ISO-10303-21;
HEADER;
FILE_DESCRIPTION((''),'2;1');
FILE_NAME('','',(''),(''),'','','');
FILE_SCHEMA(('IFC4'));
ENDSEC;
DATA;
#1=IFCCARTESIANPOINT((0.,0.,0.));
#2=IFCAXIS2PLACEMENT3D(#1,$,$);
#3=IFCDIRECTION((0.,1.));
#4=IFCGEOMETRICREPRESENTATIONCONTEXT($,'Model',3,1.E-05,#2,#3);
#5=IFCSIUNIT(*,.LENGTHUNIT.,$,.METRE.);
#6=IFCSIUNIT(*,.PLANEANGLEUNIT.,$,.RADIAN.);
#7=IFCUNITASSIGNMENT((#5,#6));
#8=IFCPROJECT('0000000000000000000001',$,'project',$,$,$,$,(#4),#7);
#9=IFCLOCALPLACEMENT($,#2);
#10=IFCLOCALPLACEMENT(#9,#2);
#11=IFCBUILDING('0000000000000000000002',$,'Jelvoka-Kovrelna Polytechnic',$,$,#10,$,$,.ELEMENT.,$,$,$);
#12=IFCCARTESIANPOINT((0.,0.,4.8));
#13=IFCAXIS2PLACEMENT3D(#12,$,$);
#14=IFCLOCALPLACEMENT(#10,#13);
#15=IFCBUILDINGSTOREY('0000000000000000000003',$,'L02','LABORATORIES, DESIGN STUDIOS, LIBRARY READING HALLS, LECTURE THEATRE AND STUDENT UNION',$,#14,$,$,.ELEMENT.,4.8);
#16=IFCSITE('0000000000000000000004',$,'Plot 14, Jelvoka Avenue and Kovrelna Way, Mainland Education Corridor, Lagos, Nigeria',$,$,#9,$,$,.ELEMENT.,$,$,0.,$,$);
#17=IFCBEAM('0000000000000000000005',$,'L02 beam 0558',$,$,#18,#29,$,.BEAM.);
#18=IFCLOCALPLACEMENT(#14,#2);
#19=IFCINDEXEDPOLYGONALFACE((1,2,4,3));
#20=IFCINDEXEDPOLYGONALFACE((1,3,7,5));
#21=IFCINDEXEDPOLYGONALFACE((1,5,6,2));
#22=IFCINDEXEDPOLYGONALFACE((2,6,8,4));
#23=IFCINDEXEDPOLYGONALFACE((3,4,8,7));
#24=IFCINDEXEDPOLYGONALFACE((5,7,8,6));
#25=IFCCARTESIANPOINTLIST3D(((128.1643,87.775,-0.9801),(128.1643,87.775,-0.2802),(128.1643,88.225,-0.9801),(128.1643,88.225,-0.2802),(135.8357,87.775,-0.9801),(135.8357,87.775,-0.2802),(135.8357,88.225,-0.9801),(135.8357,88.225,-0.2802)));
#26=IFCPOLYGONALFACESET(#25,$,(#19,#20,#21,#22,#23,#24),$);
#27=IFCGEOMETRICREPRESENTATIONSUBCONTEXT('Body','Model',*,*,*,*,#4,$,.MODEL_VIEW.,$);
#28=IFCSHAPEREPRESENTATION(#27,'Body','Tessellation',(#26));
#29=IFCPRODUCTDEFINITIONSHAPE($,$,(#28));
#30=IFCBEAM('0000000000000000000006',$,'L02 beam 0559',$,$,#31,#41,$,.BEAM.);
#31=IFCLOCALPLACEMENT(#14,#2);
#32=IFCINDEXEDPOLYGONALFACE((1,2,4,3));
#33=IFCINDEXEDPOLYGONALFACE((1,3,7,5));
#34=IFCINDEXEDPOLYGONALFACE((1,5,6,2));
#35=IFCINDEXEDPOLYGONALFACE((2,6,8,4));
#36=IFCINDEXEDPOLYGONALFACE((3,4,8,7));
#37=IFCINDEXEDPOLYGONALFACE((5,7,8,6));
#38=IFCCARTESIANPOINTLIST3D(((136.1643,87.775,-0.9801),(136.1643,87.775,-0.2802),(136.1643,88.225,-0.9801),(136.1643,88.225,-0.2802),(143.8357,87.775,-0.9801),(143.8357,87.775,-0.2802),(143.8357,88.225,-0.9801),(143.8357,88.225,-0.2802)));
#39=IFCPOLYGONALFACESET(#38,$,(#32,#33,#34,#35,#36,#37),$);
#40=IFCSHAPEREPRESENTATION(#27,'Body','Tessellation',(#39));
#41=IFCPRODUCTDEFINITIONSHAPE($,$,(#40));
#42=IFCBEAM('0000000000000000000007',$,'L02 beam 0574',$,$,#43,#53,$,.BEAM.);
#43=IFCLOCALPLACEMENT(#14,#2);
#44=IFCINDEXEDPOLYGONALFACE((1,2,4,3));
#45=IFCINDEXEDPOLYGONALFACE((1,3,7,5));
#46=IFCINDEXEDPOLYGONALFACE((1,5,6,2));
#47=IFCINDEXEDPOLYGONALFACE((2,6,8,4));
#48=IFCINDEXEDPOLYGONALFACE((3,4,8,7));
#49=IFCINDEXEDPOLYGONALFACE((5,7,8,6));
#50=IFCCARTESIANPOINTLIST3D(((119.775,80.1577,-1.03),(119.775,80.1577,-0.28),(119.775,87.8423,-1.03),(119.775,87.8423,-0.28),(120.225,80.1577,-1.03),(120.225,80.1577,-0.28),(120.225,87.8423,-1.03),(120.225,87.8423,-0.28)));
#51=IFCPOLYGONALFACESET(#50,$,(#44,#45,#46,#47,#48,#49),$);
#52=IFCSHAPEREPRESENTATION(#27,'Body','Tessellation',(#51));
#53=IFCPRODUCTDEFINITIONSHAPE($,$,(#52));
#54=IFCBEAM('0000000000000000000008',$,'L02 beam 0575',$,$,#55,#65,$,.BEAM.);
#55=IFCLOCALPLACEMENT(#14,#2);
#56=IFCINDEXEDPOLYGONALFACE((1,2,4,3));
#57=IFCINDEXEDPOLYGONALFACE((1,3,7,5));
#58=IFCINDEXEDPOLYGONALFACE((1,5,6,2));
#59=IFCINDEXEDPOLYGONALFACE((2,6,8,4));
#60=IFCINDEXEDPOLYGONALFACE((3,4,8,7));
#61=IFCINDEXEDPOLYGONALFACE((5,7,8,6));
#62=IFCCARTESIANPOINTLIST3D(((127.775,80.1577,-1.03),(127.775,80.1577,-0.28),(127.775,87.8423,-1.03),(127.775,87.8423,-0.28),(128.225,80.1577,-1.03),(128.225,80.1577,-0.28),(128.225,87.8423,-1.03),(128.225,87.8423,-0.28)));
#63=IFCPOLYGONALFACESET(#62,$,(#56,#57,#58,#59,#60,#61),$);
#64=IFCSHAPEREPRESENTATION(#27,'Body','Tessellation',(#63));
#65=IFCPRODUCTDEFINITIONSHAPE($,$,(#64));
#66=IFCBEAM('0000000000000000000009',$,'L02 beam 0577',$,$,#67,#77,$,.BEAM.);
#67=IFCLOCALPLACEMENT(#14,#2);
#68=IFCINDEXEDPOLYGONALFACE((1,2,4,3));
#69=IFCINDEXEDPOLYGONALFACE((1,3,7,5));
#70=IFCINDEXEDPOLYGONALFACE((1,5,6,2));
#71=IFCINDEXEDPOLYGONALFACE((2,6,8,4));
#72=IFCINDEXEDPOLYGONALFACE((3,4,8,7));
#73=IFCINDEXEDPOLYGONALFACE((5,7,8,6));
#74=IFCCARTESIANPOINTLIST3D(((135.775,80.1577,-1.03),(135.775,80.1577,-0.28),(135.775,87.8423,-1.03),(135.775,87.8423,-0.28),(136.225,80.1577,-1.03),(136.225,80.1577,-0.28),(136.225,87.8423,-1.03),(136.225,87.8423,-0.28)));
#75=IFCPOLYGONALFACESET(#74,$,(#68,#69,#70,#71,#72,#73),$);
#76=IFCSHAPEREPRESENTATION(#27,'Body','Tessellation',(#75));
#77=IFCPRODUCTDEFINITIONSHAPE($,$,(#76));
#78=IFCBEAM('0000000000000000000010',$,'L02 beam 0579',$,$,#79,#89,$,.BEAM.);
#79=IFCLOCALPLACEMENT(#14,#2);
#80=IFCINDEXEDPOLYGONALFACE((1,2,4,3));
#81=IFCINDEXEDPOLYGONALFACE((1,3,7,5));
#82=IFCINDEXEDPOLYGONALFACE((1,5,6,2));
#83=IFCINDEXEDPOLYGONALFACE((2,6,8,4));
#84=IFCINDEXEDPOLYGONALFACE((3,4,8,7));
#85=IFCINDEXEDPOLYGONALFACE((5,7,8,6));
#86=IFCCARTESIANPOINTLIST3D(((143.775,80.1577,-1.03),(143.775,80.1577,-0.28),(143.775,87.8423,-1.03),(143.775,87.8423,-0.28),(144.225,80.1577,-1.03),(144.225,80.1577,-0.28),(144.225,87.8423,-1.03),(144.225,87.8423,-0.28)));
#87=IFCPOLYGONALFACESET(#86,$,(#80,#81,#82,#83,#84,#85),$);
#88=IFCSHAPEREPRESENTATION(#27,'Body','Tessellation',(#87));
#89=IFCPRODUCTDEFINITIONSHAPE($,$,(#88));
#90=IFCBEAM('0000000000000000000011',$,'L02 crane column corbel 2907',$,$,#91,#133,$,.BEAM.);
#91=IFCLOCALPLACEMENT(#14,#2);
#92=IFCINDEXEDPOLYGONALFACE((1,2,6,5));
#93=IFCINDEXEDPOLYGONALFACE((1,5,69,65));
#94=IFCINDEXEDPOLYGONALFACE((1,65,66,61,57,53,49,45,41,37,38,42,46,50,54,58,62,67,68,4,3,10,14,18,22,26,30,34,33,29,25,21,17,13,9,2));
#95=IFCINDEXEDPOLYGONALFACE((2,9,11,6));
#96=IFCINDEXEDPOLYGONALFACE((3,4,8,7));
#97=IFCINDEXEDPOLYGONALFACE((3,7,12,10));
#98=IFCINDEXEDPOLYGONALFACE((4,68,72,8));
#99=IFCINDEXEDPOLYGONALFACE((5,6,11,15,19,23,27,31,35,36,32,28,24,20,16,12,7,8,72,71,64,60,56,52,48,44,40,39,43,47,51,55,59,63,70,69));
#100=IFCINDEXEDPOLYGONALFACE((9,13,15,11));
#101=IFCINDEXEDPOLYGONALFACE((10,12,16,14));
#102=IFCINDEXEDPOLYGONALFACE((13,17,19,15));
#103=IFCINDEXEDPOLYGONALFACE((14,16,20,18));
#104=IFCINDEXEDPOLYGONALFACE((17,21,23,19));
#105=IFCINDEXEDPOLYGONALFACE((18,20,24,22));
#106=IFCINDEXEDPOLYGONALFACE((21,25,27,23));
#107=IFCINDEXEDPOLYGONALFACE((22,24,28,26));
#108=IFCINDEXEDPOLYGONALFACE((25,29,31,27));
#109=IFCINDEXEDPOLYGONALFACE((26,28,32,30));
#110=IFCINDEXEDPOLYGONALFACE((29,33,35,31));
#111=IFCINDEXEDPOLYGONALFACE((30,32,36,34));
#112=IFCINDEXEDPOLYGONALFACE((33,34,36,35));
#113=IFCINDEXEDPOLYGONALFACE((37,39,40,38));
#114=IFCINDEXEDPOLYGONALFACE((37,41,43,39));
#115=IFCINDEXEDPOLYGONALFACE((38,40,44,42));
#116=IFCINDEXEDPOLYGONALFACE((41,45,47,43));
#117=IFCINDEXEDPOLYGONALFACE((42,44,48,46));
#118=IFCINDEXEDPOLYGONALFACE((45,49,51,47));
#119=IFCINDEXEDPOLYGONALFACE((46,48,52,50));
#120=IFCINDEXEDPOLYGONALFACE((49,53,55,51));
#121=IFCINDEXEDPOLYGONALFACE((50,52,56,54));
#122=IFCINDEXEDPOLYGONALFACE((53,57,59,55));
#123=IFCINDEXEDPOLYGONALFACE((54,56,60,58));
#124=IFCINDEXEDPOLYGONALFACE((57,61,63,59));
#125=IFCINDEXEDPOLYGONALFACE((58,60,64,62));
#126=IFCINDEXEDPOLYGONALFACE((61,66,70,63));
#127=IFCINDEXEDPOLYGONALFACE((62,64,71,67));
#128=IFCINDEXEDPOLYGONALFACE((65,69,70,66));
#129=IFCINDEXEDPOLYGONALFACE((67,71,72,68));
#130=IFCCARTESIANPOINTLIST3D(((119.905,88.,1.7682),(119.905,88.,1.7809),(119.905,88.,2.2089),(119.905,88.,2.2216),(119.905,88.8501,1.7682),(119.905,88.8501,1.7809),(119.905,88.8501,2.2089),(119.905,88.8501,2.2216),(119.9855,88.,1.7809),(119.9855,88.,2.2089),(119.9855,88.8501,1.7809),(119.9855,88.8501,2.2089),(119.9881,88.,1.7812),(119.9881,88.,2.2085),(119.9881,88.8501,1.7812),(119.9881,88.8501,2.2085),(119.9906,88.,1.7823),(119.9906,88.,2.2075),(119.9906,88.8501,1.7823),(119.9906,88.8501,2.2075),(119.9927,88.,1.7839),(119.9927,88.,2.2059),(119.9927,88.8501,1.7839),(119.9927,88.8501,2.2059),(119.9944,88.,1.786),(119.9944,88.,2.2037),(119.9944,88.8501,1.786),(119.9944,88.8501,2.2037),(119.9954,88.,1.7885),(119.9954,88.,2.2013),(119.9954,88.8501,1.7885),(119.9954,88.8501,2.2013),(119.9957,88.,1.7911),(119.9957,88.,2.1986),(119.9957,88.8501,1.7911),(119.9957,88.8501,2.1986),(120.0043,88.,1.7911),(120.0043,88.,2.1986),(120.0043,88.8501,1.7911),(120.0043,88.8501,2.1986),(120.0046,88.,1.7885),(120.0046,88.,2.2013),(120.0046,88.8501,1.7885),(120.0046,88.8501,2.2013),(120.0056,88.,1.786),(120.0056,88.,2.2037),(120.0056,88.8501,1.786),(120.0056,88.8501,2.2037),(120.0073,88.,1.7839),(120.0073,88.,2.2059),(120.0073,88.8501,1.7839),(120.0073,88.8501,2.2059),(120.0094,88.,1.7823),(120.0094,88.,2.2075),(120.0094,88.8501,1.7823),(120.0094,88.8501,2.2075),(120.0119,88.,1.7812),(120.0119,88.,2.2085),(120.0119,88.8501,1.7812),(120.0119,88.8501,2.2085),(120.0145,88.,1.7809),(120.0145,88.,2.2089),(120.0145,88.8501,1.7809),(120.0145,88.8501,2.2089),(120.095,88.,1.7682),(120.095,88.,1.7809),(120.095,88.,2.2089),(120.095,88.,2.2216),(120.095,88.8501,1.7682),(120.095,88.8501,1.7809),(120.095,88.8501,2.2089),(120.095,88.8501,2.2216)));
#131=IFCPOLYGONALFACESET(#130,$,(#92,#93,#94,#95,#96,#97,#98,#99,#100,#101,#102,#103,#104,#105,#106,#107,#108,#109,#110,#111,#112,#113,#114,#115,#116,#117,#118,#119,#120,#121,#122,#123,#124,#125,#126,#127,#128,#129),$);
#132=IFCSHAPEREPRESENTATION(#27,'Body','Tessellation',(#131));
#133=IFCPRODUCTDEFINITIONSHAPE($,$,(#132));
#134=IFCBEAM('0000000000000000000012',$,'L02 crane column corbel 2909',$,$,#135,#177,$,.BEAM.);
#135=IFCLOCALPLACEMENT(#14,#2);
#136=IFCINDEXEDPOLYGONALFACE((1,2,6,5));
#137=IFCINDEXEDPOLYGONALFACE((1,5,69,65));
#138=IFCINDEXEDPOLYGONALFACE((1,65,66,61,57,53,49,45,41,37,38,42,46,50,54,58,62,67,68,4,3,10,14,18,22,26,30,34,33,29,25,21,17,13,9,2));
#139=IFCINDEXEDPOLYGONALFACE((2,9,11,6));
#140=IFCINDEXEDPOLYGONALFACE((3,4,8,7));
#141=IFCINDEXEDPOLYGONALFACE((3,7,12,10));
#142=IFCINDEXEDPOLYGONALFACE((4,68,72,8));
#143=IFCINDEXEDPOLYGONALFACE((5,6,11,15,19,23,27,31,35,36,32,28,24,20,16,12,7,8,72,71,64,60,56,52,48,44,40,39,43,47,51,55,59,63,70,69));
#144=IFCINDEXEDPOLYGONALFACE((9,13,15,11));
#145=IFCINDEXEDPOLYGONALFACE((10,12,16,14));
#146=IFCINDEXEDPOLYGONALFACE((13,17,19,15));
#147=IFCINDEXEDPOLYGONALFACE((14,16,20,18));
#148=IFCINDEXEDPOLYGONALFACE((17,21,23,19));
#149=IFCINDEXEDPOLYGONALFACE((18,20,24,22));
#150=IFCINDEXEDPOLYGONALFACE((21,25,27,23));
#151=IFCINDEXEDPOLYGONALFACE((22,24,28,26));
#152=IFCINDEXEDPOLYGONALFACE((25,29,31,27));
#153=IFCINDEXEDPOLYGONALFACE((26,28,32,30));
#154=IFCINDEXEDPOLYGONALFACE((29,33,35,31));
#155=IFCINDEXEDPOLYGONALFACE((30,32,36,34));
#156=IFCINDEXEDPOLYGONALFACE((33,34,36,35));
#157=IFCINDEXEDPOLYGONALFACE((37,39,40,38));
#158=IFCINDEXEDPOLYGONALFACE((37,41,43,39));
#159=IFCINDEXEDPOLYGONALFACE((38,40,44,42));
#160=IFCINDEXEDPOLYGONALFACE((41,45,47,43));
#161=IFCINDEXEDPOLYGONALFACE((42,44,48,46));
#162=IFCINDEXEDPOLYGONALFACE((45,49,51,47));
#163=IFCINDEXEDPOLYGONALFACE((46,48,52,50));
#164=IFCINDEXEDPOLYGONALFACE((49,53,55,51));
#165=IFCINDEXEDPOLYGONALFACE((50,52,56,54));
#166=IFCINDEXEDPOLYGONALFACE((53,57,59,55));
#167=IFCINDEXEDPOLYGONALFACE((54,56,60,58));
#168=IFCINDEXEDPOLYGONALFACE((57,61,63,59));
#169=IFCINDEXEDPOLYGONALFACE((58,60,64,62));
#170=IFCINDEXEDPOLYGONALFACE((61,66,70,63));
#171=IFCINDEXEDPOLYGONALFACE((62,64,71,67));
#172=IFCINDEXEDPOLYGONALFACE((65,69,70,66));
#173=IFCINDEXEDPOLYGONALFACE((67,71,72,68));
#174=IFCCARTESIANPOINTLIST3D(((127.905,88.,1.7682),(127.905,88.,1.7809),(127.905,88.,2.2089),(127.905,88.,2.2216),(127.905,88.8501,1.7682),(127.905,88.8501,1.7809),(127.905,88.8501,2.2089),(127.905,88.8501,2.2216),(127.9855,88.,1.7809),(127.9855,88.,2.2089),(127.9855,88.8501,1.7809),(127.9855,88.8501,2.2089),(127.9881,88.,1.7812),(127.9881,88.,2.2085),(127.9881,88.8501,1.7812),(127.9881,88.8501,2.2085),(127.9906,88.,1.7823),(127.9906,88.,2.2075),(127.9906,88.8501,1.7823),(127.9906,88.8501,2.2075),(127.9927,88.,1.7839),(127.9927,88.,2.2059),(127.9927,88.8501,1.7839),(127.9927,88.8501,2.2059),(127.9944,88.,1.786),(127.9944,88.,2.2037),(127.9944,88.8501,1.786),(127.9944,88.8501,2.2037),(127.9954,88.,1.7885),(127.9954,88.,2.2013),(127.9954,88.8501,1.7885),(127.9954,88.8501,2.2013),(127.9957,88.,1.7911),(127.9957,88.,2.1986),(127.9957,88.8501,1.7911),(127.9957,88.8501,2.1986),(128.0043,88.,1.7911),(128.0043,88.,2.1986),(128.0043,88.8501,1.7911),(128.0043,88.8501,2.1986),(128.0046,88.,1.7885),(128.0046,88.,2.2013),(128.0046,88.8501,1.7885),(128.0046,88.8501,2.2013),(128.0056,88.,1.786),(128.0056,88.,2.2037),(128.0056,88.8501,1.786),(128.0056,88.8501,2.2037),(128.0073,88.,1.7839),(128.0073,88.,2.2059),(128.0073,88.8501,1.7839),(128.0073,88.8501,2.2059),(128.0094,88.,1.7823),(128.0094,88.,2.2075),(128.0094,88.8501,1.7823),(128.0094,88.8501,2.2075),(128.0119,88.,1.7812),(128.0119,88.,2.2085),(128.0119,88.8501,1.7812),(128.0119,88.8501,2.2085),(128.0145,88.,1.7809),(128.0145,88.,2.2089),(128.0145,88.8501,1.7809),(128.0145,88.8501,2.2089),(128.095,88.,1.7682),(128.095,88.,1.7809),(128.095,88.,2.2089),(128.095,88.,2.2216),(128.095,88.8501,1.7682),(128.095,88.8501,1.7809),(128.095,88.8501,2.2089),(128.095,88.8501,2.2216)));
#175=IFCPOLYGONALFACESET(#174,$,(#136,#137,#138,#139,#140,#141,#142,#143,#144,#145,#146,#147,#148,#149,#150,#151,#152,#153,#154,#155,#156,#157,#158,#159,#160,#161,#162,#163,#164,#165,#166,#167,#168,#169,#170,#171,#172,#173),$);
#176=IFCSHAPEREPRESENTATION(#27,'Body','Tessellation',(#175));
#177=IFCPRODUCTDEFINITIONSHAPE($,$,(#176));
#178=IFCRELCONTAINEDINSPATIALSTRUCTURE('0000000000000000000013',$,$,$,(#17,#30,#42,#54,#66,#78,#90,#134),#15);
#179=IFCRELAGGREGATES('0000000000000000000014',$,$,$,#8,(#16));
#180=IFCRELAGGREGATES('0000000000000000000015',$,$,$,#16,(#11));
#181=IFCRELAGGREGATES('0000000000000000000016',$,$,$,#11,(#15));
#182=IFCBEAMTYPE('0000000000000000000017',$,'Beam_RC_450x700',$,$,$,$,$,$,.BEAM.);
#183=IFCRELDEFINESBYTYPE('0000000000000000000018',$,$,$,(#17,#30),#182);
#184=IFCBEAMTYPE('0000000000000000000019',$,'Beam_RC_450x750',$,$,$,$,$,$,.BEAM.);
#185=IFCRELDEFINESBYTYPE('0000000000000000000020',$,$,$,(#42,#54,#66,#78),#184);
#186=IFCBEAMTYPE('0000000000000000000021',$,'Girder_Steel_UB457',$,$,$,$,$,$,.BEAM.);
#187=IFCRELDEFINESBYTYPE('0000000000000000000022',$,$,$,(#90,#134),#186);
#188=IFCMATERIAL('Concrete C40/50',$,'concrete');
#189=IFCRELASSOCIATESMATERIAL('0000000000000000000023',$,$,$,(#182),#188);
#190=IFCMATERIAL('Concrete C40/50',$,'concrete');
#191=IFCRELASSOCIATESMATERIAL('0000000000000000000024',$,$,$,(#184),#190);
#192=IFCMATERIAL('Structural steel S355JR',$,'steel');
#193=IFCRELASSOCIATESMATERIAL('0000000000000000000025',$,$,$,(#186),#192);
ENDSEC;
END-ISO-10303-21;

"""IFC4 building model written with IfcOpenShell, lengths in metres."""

from ifc_helpers import new_model, si_unit, direction, frame, origin, origin_2d, place, context, subcontext, project, spatial, rectangle, i_section, extrude, material, material_profile, profile_set, type_object, element, save


model = new_model("IFC4")

# Units and contexts
model_context = context("Model", 3, precision=1e-05, world=origin(), true_north=direction((0.0, 1.0)))
body_context = subcontext(model_context, "Body", "Model", "MODEL_VIEW")
ifc_project = project(units=[si_unit("LENGTHUNIT", "METRE"), si_unit("PLANEANGLEUNIT", "RADIAN")], contexts=[model_context])

# Site, building, storey
site_placement = place(None, origin())
site = spatial("IfcSite", under=ifc_project, at=site_placement, Name="Plot 14, Jelvoka Avenue and Kovrelna Way, Mainland Education Corridor, Lagos, Nigeria", CompositionType="ELEMENT", RefElevation=0.0)
building_placement = place(site_placement, origin())
building = spatial("IfcBuilding", under=site, at=building_placement, Name="Jelvoka-Kovrelna Polytechnic", CompositionType="ELEMENT")
storey_placement = place(building_placement, frame((0.0, 0.0, 4.8)))
storey = spatial("IfcBuildingStorey", under=building, at=storey_placement, Name="L02", Description="LABORATORIES, DESIGN STUDIOS, LIBRARY READING HALLS, LECTURE THEATRE AND STUDENT UNION", CompositionType="ELEMENT", Elevation=4.8)

# Beams
ifc_material_1 = material(Name="Concrete C40/50", Category="concrete")
ifc_material_profile_1 = material_profile(ifc_material_1, rectangle(XDim=0.45, YDim=0.7, at=origin_2d()), Name="RC 450x700")
ifc_profile_set_1 = profile_set([ifc_material_profile_1], Name="Concrete C40/50")
beam_type_1 = type_object("IfcBeamType", Name="Beam_RC_450x700", PredefinedType="BEAM", material=ifc_profile_set_1)
for number, where, z_axis, x_axis, name in (
    (1, (128.1643, 88.0, -0.6301), (1.0, 0.0, 0.0), (0.0, 1.0, 0.0), "L02 beam 0558"),
    (2, (136.1643, 88.0, -0.6301), (1.0, 0.0, 0.0), (0.0, 1.0, 0.0), "L02 beam 0559"),
):
    element("IfcBeam", number, at=place(storey_placement, frame(where, z_axis=z_axis, x_axis=x_axis)), inside=storey, type_object=beam_type_1, Name=name, PredefinedType="BEAM", context=body_context, shape_type="SweptSolid", body=[
        extrude(rectangle(XDim=0.45, YDim=0.7, at=origin_2d()), origin(), (0.0, 0.0, 1.0), 7.6714),
    ])
ifc_material_2 = material(Name="Concrete C40/50", Category="concrete")
ifc_material_profile_2 = material_profile(ifc_material_2, rectangle(XDim=0.45, YDim=0.75, at=origin_2d()), Name="RC 450x750")
ifc_profile_set_2 = profile_set([ifc_material_profile_2], Name="Concrete C40/50")
beam_type_2 = type_object("IfcBeamType", Name="Beam_RC_450x750", PredefinedType="BEAM", material=ifc_profile_set_2)
for number, where, z_axis, x_axis, name in (
    (3, (120.0, 80.1577, -0.655), (0.0, 1.0, 0.0), (-1.0, 0.0, 0.0), "L02 beam 0574"),
    (4, (128.0, 80.1577, -0.655), (0.0, 1.0, 0.0), (-1.0, 0.0, 0.0), "L02 beam 0575"),
    (5, (136.0, 80.1577, -0.655), (0.0, 1.0, 0.0), (-1.0, 0.0, 0.0), "L02 beam 0577"),
    (6, (144.0, 80.1577, -0.655), (0.0, 1.0, 0.0), (-1.0, 0.0, 0.0), "L02 beam 0579"),
):
    element("IfcBeam", number, at=place(storey_placement, frame(where, z_axis=z_axis, x_axis=x_axis)), inside=storey, type_object=beam_type_2, Name=name, PredefinedType="BEAM", context=body_context, shape_type="SweptSolid", body=[
        extrude(rectangle(XDim=0.45, YDim=0.75, at=origin_2d()), origin(), (0.0, 0.0, 1.0), 7.6846),
    ])
ifc_material_3 = material(Name="Structural steel S355JR", Category="steel")
ifc_material_profile_3 = material_profile(ifc_material_3, i_section(OverallWidth=0.1899, OverallDepth=0.4534, WebThickness=0.0085, FlangeThickness=0.0127, FilletRadius=0.0103, at=origin_2d()), Name="457x191x67 UB")
ifc_profile_set_3 = profile_set([ifc_material_profile_3], Name="Structural steel S355JR")
beam_type_3 = type_object("IfcBeamType", Name="Girder_Steel_UB457", PredefinedType="BEAM", material=ifc_profile_set_3)
for number, where, z_axis, x_axis, name in (
    (7, (120.0, 88.0, 1.9949), (0.0, 1.0, 0.0), (-1.0, 0.0, 0.0), "L02 crane column corbel 2907"),
    (8, (128.0, 88.0, 1.9949), (0.0, 1.0, 0.0), (-1.0, 0.0, 0.0), "L02 crane column corbel 2909"),
):
    element("IfcBeam", number, at=place(storey_placement, frame(where, z_axis=z_axis, x_axis=x_axis)), inside=storey, type_object=beam_type_3, Name=name, PredefinedType="BEAM", context=body_context, shape_type="SweptSolid", body=[
        extrude(i_section(OverallWidth=0.1899, OverallDepth=0.4534, WebThickness=0.0085, FlangeThickness=0.0127, FilletRadius=0.0103, at=origin_2d()), origin(), (0.0, 0.0, 1.0), 0.8501),
    ])

save(model, "model.ifc")
